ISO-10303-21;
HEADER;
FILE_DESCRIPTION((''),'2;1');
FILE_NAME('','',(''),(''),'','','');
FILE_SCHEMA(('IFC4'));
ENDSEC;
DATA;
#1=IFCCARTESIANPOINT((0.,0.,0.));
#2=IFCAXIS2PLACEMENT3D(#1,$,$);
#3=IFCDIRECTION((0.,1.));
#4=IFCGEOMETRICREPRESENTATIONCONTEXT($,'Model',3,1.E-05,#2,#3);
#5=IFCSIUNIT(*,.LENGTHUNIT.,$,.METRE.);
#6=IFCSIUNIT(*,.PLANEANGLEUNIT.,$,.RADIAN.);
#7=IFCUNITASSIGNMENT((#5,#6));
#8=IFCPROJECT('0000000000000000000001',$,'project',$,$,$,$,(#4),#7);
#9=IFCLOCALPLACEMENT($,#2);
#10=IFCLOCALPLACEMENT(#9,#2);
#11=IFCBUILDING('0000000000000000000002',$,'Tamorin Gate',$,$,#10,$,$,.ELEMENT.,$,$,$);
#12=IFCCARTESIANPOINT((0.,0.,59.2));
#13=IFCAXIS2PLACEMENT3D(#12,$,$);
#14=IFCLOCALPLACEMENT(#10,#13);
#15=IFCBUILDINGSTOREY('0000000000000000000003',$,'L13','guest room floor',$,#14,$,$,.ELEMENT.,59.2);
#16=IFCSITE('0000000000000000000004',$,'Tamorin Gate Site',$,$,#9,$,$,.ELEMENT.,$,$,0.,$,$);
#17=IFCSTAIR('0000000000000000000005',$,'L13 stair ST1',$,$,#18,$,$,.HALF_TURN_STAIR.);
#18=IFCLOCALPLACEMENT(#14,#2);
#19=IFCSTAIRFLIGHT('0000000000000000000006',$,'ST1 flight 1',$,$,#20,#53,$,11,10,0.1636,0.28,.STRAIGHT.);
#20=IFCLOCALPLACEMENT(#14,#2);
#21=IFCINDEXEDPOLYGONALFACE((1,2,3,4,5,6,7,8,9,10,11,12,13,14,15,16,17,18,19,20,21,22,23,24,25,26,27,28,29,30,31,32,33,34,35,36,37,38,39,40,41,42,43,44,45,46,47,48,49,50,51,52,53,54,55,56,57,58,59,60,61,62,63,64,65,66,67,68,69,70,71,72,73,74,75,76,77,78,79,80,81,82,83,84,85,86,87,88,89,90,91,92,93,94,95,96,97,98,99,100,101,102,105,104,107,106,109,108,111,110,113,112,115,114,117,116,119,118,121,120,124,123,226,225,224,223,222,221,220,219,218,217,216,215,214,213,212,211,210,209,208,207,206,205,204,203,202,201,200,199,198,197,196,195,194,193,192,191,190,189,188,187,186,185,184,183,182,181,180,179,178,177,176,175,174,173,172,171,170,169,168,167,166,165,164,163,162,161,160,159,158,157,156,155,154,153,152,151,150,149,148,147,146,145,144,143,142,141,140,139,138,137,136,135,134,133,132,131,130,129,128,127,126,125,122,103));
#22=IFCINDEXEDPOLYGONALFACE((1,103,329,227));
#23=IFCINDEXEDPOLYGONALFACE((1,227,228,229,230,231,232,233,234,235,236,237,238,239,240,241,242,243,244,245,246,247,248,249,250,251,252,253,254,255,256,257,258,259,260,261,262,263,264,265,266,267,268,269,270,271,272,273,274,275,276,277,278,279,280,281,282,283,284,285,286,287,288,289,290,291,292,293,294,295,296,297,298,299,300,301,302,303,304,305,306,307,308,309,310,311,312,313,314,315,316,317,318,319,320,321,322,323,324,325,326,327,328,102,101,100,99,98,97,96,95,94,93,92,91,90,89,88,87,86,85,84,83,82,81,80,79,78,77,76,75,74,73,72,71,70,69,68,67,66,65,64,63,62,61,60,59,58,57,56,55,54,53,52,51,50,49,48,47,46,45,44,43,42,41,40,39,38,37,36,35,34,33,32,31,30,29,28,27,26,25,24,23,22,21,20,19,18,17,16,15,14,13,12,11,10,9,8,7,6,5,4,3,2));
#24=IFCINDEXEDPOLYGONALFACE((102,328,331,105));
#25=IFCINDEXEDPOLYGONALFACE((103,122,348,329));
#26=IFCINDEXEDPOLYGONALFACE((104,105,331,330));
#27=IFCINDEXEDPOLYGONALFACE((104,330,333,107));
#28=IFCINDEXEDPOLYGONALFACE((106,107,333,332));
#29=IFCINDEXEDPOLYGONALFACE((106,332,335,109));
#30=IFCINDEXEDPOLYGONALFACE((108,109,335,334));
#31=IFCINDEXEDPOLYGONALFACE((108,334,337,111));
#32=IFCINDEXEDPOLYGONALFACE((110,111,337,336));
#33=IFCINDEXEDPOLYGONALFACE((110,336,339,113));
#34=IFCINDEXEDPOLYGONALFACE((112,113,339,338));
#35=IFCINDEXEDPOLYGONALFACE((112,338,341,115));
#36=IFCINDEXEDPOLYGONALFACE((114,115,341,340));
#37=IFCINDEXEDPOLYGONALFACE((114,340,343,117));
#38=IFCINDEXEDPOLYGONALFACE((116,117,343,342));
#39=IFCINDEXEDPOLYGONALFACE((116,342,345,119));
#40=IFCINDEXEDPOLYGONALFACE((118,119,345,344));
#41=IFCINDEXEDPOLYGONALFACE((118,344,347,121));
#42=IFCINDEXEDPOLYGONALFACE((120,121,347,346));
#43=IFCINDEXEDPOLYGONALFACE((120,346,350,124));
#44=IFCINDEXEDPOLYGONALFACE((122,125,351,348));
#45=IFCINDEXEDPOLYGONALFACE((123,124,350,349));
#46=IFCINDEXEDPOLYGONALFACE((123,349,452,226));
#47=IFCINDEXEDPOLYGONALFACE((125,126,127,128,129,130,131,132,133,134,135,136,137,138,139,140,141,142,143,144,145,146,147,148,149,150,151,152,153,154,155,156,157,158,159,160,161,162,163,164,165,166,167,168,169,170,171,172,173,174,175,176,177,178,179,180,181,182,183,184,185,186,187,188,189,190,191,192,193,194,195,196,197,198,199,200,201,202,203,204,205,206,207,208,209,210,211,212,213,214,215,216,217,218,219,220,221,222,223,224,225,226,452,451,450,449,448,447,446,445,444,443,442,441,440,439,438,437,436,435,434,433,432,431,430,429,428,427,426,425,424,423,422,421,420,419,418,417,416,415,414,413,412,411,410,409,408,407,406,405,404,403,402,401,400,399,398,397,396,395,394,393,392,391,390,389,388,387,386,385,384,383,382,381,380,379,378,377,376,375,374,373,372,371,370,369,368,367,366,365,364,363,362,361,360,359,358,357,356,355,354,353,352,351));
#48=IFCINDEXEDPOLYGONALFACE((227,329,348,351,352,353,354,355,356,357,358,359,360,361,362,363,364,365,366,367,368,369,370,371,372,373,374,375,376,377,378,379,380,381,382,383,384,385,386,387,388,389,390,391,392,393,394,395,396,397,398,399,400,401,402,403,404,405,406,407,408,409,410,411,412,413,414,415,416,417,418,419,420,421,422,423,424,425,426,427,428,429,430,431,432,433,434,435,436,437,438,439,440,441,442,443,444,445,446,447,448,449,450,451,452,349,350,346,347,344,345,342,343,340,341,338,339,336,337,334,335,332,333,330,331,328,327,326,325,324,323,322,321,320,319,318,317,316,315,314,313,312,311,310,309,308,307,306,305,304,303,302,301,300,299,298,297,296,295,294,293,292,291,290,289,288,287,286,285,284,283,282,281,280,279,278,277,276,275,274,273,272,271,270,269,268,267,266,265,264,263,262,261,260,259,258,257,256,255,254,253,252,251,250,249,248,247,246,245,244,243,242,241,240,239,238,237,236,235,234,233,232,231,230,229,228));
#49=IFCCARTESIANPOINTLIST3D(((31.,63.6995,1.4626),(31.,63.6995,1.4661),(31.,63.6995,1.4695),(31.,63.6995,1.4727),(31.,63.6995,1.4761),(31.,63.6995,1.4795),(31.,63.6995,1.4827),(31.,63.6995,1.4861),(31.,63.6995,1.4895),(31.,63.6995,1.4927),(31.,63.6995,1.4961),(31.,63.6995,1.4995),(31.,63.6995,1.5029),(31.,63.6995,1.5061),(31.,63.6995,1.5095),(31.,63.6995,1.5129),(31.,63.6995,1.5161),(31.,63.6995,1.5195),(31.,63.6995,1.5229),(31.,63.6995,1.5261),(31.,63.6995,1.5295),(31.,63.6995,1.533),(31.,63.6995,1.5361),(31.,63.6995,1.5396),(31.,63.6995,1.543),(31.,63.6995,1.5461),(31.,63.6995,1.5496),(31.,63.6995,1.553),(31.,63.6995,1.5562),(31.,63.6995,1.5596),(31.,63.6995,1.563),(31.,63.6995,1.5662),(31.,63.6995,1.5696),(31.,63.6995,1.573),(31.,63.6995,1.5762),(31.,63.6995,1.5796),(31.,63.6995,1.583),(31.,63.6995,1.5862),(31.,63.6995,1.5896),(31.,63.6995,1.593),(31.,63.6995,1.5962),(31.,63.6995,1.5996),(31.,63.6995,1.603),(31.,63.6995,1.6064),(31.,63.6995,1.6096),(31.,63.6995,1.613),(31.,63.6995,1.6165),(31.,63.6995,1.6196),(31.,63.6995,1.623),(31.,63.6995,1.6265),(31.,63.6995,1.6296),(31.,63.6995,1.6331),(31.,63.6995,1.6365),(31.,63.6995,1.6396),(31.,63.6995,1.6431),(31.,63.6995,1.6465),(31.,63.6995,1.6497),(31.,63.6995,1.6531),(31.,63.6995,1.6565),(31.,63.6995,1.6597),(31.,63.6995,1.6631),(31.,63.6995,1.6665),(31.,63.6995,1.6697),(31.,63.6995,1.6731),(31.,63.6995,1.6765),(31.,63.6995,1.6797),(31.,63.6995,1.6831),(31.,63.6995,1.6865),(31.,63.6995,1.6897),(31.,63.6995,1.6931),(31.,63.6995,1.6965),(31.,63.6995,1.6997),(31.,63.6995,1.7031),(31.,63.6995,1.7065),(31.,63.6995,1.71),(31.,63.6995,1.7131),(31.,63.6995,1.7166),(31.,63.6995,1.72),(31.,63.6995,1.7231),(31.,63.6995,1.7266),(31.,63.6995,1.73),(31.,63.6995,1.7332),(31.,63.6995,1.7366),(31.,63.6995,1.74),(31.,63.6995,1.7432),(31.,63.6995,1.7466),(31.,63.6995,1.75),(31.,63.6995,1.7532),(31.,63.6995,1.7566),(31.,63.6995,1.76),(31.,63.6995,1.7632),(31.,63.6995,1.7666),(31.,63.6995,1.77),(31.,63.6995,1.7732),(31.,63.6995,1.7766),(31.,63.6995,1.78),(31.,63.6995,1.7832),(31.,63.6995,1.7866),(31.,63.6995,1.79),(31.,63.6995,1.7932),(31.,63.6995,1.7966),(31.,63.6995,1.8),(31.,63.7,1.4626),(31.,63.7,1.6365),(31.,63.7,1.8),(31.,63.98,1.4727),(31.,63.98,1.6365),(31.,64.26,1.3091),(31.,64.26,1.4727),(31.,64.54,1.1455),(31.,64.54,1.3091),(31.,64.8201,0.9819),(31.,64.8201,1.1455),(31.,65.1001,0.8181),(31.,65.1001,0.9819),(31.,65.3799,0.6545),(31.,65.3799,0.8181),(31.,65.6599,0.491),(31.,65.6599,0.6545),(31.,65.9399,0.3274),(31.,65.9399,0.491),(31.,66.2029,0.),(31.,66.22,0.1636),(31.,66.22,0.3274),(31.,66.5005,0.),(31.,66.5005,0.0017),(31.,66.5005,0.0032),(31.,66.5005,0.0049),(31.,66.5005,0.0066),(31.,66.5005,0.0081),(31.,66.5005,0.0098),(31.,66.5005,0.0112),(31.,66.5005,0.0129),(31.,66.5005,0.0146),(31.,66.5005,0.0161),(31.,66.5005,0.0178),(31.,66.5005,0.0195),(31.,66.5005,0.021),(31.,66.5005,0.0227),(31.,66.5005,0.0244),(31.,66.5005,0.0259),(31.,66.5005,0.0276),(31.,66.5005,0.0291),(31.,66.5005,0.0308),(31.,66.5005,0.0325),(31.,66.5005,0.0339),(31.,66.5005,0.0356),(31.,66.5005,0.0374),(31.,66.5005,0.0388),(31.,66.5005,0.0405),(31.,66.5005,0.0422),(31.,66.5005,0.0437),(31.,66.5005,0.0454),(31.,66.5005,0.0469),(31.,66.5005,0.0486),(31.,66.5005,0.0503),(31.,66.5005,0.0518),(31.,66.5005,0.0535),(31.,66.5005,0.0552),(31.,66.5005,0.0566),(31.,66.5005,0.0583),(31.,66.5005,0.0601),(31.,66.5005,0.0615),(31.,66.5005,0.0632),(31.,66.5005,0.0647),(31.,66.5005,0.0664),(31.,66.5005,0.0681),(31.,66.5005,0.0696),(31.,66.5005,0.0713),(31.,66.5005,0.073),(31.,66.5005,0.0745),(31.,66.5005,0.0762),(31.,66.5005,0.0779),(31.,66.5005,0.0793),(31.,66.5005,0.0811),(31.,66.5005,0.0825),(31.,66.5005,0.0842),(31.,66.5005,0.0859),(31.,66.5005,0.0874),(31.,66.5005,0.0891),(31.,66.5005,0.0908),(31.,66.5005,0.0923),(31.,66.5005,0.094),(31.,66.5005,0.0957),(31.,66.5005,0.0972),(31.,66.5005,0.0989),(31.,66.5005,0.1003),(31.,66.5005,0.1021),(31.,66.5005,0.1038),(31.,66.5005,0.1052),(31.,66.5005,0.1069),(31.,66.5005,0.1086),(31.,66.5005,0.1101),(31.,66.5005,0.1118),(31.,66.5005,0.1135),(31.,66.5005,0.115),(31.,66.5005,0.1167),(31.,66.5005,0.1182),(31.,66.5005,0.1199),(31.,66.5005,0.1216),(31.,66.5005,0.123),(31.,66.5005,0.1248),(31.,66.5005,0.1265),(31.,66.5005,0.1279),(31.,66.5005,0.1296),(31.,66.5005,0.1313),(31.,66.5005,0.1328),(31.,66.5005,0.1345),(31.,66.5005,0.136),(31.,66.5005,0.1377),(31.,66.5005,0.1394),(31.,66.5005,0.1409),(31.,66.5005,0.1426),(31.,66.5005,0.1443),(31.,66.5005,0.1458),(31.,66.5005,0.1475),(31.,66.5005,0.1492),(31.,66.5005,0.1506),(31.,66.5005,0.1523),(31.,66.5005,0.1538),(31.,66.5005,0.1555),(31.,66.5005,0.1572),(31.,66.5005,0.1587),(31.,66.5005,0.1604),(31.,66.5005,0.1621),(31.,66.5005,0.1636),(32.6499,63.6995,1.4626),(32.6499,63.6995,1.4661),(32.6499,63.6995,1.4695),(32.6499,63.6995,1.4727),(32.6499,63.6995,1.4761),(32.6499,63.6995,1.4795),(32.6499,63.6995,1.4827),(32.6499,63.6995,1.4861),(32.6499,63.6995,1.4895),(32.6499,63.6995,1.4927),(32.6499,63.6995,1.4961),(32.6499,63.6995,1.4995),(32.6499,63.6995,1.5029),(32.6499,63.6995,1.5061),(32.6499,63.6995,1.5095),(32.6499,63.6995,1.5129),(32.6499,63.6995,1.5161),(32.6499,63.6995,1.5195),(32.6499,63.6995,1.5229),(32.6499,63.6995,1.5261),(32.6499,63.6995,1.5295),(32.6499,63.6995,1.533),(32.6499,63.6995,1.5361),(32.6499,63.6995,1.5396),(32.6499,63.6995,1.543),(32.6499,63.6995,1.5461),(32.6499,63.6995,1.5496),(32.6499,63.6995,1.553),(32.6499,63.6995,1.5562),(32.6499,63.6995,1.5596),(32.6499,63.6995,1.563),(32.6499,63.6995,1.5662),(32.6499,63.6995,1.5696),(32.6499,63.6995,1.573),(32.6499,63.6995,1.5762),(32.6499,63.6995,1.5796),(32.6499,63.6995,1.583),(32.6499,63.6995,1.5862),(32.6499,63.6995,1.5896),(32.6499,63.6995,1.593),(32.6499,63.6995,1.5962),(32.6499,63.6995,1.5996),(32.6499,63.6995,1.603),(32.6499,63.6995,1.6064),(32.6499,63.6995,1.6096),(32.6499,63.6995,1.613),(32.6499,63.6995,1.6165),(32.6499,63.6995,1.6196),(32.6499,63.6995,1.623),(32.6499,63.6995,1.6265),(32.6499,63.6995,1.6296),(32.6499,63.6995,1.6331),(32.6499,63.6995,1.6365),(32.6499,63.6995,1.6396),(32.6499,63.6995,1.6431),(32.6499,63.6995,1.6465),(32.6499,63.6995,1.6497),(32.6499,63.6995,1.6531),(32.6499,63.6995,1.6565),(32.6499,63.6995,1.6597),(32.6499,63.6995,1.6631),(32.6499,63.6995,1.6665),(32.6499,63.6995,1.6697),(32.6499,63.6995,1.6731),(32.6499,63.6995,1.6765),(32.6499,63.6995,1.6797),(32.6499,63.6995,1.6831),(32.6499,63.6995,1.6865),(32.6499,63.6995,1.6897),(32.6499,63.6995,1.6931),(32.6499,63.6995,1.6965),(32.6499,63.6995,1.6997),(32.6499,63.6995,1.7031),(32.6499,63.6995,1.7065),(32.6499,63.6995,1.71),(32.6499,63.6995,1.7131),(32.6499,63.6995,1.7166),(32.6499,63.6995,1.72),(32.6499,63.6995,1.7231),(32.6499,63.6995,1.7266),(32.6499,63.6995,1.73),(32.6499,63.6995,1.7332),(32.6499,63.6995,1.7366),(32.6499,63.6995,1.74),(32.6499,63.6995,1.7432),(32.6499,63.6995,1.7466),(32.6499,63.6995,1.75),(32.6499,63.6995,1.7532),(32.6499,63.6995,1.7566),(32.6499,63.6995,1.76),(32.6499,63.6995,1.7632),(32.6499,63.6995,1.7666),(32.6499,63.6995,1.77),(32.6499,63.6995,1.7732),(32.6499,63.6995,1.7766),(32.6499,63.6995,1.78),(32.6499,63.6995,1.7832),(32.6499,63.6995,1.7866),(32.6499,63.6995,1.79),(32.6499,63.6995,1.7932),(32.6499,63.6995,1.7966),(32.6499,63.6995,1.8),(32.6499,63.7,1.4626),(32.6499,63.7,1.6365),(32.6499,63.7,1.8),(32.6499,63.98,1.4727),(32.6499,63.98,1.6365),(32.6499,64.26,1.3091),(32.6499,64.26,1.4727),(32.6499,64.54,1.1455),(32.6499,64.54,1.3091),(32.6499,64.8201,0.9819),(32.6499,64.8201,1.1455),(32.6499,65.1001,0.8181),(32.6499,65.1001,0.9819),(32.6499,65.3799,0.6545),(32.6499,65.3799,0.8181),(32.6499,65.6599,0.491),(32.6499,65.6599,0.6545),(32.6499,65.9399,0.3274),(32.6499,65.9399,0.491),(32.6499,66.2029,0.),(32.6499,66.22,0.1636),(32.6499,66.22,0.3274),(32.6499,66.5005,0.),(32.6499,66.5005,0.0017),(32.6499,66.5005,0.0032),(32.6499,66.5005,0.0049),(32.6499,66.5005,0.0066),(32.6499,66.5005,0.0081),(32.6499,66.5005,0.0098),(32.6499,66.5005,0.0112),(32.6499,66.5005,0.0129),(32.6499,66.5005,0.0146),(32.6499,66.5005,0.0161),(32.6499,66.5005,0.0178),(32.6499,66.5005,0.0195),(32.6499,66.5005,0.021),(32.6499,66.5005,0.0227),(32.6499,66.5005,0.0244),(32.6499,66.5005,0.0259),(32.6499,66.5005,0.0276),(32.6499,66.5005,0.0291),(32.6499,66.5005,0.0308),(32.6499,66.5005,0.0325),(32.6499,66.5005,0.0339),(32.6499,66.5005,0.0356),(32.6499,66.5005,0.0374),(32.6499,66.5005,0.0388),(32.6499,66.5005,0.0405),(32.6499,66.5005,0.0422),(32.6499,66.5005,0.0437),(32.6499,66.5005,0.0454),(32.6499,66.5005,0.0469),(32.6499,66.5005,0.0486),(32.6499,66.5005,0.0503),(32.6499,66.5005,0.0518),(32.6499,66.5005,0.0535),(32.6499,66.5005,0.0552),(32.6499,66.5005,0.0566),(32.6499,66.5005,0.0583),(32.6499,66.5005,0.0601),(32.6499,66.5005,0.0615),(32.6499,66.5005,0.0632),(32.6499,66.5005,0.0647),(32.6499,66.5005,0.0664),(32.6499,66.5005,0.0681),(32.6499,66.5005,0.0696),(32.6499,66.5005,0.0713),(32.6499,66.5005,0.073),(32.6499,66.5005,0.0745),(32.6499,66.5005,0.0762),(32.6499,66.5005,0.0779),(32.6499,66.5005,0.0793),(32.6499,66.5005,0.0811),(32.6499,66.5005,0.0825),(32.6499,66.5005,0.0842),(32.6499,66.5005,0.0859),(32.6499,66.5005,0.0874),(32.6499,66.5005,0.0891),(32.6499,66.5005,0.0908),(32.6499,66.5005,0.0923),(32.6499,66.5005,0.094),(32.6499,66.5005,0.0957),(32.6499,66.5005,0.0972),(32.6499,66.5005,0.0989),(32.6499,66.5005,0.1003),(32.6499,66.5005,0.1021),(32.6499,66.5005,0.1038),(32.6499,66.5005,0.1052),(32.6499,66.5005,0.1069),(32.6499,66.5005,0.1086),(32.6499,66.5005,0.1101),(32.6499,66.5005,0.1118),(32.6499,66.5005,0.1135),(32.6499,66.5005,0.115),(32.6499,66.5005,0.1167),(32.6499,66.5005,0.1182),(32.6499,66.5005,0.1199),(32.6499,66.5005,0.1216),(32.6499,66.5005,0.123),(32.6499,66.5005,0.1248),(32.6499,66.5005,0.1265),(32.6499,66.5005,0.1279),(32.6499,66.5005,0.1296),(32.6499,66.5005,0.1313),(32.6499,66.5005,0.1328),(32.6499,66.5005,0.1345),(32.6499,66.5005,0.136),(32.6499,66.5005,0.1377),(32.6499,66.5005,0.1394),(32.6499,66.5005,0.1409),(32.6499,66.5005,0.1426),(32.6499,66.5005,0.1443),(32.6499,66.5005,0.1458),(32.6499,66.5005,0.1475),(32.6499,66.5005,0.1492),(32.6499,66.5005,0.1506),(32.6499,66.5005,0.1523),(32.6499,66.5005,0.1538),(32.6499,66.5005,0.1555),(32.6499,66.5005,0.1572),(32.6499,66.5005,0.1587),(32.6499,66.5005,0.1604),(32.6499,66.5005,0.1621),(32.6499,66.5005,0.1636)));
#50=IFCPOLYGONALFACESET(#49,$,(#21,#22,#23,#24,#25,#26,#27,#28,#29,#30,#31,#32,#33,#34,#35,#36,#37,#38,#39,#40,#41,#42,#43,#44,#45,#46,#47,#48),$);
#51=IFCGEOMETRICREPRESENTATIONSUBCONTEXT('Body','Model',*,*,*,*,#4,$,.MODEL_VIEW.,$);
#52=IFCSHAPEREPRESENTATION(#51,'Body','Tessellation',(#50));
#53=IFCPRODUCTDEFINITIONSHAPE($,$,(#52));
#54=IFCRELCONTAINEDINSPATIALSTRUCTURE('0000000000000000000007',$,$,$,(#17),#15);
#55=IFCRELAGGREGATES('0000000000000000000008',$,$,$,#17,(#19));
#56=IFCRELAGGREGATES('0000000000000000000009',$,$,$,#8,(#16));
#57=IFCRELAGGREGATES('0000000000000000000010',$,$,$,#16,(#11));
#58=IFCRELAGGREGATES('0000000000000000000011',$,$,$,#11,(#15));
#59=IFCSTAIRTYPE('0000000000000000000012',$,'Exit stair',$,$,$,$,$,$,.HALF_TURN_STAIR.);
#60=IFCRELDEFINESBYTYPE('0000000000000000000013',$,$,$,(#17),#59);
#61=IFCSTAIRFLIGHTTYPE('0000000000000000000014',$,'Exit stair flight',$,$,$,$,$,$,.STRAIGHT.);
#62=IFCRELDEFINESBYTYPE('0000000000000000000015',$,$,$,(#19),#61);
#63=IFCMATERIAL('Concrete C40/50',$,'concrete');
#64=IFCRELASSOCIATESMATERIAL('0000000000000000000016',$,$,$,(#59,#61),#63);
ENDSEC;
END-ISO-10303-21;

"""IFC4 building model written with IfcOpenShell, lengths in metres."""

from ifc_helpers import new_model, si_unit, direction, frame, origin, place, context, subcontext, project, spatial, polyline, outline, extrude, material, type_object, element, aggregate, save


model = new_model("IFC4")

# Units and contexts
model_context = context("Model", 3, precision=1e-05, world=origin(), true_north=direction((0.0, 1.0)))
body_context = subcontext(model_context, "Body", "Model", "MODEL_VIEW")
ifc_project = project(units=[si_unit("LENGTHUNIT", "METRE"), si_unit("PLANEANGLEUNIT", "RADIAN")], contexts=[model_context])

# Site, building, storey
site_placement = place(None, origin())
site = spatial("IfcSite", under=ifc_project, at=site_placement, Name="Tamorin Gate Site", CompositionType="ELEMENT", RefElevation=0.0)
building_placement = place(site_placement, origin())
building = spatial("IfcBuilding", under=site, at=building_placement, Name="Tamorin Gate", CompositionType="ELEMENT")
storey_placement = place(building_placement, frame((0.0, 0.0, 59.2)))
storey = spatial("IfcBuildingStorey", under=building, at=storey_placement, Name="L13", Description="guest room floor", CompositionType="ELEMENT", Elevation=59.2)

# Shared definitions
ifc_material_1 = material(Name="Concrete C40/50", Category="concrete")

# Stair, stair flight
stair_type = type_object("IfcStairType", Name="Exit stair", PredefinedType="HALF_TURN_STAIR", material=ifc_material_1)
stair_placement = place(storey_placement, origin())
stair = element("IfcStair", 1, at=stair_placement, inside=storey, type_object=stair_type, Name="L13 stair ST1", PredefinedType="HALF_TURN_STAIR")
stair_flight_type = type_object("IfcStairFlightType", Name="Exit stair flight", PredefinedType="STRAIGHT", material=ifc_material_1)
stair_flight_1_placement = place(storey_placement, frame((31.825, 66.5, 0.0), z_axis=(0.0, 0.0, 1.0), x_axis=(0.0, -1.0, 0.0)))
stair_flight_1 = element("IfcStairFlight", 2, at=stair_flight_1_placement, type_object=stair_flight_type, Name="ST1 flight 1", NumberOfRisers=11, NumberOfTreads=10, PredefinedType="STRAIGHT", RiserHeight=0.1636, TreadLength=0.28, context=body_context, shape_type="SweptSolid", body=[
    extrude(outline(polyline([(-0.0005, 0.0), (-0.0005, 0.0017), (-0.0005, 0.0032), (-0.0005, 0.0049), (-0.0005, 0.0066), (-0.0005, 0.0081), (-0.0005, 0.0098), (-0.0005, 0.0112), (-0.0005, 0.0129), (-0.0005, 0.0146), (-0.0005, 0.0161), (-0.0005, 0.0178), (-0.0005, 0.0195), (-0.0005, 0.021), (-0.0005, 0.0227), (-0.0005, 0.0244), (-0.0005, 0.0259), (-0.0005, 0.0276), (-0.0005, 0.0291), (-0.0005, 0.0308), (-0.0005, 0.0325), (-0.0005, 0.0339), (-0.0005, 0.0356), (-0.0005, 0.0374), (-0.0005, 0.0388), (-0.0005, 0.0405), (-0.0005, 0.0422), (-0.0005, 0.0437), (-0.0005, 0.0454), (-0.0005, 0.0469), (-0.0005, 0.0486), (-0.0005, 0.0503), (-0.0005, 0.0518), (-0.0005, 0.0535), (-0.0005, 0.0552), (-0.0005, 0.0566), (-0.0005, 0.0583), (-0.0005, 0.0601), (-0.0005, 0.0615), (-0.0005, 0.0632), (-0.0005, 0.0647), (-0.0005, 0.0664), (-0.0005, 0.0681), (-0.0005, 0.0696), (-0.0005, 0.0713), (-0.0005, 0.073), (-0.0005, 0.0745), (-0.0005, 0.0762), (-0.0005, 0.0779), (-0.0005, 0.0793), (-0.0005, 0.0811), (-0.0005, 0.0825), (-0.0005, 0.0842), (-0.0005, 0.0859), (-0.0005, 0.0874), (-0.0005, 0.0891), (-0.0005, 0.0908), (-0.0005, 0.0923), (-0.0005, 0.094), (-0.0005, 0.0957), (-0.0005, 0.0972), (-0.0005, 0.0989), (-0.0005, 0.1003), (-0.0005, 0.1021), (-0.0005, 0.1038), (-0.0005, 0.1052), (-0.0005, 0.1069), (-0.0005, 0.1086), (-0.0005, 0.1101), (-0.0005, 0.1118), (-0.0005, 0.1135), (-0.0005, 0.115), (-0.0005, 0.1167), (-0.0005, 0.1182), (-0.0005, 0.1199), (-0.0005, 0.1216), (-0.0005, 0.123), (-0.0005, 0.1248), (-0.0005, 0.1265), (-0.0005, 0.1279), (-0.0005, 0.1296), (-0.0005, 0.1313), (-0.0005, 0.1328), (-0.0005, 0.1345), (-0.0005, 0.136), (-0.0005, 0.1377), (-0.0005, 0.1394), (-0.0005, 0.1409), (-0.0005, 0.1426), (-0.0005, 0.1443), (-0.0005, 0.1458), (-0.0005, 0.1475), (-0.0005, 0.1492), (-0.0005, 0.1506), (-0.0005, 0.1523), (-0.0005, 0.1538), (-0.0005, 0.1555), (-0.0005, 0.1572), (-0.0005, 0.1587), (-0.0005, 0.1604), (-0.0005, 0.1621), (-0.0005, 0.1636), (0.28, 0.1636), (0.28, 0.3274), (0.5601, 0.3274), (0.5601, 0.491), (0.8401, 0.491), (0.8401, 0.6545), (1.1201, 0.6545), (1.1201, 0.8181), (1.3999, 0.8181), (1.3999, 0.9819), (1.6799, 0.9819), (1.6799, 1.1455), (1.96, 1.1455), (1.96, 1.3091), (2.24, 1.3091), (2.24, 1.4727), (2.52, 1.4727), (2.52, 1.6365), (2.8, 1.6365), (2.8, 1.8), (2.8005, 1.8), (2.8005, 1.7966), (2.8005, 1.7932), (2.8005, 1.79), (2.8005, 1.7866), (2.8005, 1.7832), (2.8005, 1.78), (2.8005, 1.7766), (2.8005, 1.7732), (2.8005, 1.77), (2.8005, 1.7666), (2.8005, 1.7632), (2.8005, 1.76), (2.8005, 1.7566), (2.8005, 1.7532), (2.8005, 1.75), (2.8005, 1.7466), (2.8005, 1.7432), (2.8005, 1.74), (2.8005, 1.7366), (2.8005, 1.7332), (2.8005, 1.73), (2.8005, 1.7266), (2.8005, 1.7231), (2.8005, 1.72), (2.8005, 1.7166), (2.8005, 1.7131), (2.8005, 1.71), (2.8005, 1.7065), (2.8005, 1.7031), (2.8005, 1.6997), (2.8005, 1.6965), (2.8005, 1.6931), (2.8005, 1.6897), (2.8005, 1.6865), (2.8005, 1.6831), (2.8005, 1.6797), (2.8005, 1.6765), (2.8005, 1.6731), (2.8005, 1.6697), (2.8005, 1.6665), (2.8005, 1.6631), (2.8005, 1.6597), (2.8005, 1.6565), (2.8005, 1.6531), (2.8005, 1.6497), (2.8005, 1.6465), (2.8005, 1.6431), (2.8005, 1.6396), (2.8005, 1.6365), (2.8005, 1.6331), (2.8005, 1.6296), (2.8005, 1.6265), (2.8005, 1.623), (2.8005, 1.6196), (2.8005, 1.6165), (2.8005, 1.613), (2.8005, 1.6096), (2.8005, 1.6064), (2.8005, 1.603), (2.8005, 1.5996), (2.8005, 1.5962), (2.8005, 1.593), (2.8005, 1.5896), (2.8005, 1.5862), (2.8005, 1.583), (2.8005, 1.5796), (2.8005, 1.5762), (2.8005, 1.573), (2.8005, 1.5696), (2.8005, 1.5662), (2.8005, 1.563), (2.8005, 1.5596), (2.8005, 1.5562), (2.8005, 1.553), (2.8005, 1.5496), (2.8005, 1.5461), (2.8005, 1.543), (2.8005, 1.5396), (2.8005, 1.5361), (2.8005, 1.533), (2.8005, 1.5295), (2.8005, 1.5261), (2.8005, 1.5229), (2.8005, 1.5195), (2.8005, 1.5161), (2.8005, 1.5129), (2.8005, 1.5095), (2.8005, 1.5061), (2.8005, 1.5029), (2.8005, 1.4995), (2.8005, 1.4961), (2.8005, 1.4927), (2.8005, 1.4895), (2.8005, 1.4861), (2.8005, 1.4827), (2.8005, 1.4795), (2.8005, 1.4761), (2.8005, 1.4727), (2.8005, 1.4695), (2.8005, 1.4661), (2.8005, 1.4626), (2.8, 1.4626), (0.2971, 0.0), (-0.0005, 0.0)])), frame((0.0, 0.825, 0.0), z_axis=(0.0, -1.0, 0.0), x_axis=(1.0, 0.0, 0.0)), (0.0, 0.0, 1.0), 1.6499),
])
aggregate(stair, [stair_flight_1])

save(model, "model.ifc")
